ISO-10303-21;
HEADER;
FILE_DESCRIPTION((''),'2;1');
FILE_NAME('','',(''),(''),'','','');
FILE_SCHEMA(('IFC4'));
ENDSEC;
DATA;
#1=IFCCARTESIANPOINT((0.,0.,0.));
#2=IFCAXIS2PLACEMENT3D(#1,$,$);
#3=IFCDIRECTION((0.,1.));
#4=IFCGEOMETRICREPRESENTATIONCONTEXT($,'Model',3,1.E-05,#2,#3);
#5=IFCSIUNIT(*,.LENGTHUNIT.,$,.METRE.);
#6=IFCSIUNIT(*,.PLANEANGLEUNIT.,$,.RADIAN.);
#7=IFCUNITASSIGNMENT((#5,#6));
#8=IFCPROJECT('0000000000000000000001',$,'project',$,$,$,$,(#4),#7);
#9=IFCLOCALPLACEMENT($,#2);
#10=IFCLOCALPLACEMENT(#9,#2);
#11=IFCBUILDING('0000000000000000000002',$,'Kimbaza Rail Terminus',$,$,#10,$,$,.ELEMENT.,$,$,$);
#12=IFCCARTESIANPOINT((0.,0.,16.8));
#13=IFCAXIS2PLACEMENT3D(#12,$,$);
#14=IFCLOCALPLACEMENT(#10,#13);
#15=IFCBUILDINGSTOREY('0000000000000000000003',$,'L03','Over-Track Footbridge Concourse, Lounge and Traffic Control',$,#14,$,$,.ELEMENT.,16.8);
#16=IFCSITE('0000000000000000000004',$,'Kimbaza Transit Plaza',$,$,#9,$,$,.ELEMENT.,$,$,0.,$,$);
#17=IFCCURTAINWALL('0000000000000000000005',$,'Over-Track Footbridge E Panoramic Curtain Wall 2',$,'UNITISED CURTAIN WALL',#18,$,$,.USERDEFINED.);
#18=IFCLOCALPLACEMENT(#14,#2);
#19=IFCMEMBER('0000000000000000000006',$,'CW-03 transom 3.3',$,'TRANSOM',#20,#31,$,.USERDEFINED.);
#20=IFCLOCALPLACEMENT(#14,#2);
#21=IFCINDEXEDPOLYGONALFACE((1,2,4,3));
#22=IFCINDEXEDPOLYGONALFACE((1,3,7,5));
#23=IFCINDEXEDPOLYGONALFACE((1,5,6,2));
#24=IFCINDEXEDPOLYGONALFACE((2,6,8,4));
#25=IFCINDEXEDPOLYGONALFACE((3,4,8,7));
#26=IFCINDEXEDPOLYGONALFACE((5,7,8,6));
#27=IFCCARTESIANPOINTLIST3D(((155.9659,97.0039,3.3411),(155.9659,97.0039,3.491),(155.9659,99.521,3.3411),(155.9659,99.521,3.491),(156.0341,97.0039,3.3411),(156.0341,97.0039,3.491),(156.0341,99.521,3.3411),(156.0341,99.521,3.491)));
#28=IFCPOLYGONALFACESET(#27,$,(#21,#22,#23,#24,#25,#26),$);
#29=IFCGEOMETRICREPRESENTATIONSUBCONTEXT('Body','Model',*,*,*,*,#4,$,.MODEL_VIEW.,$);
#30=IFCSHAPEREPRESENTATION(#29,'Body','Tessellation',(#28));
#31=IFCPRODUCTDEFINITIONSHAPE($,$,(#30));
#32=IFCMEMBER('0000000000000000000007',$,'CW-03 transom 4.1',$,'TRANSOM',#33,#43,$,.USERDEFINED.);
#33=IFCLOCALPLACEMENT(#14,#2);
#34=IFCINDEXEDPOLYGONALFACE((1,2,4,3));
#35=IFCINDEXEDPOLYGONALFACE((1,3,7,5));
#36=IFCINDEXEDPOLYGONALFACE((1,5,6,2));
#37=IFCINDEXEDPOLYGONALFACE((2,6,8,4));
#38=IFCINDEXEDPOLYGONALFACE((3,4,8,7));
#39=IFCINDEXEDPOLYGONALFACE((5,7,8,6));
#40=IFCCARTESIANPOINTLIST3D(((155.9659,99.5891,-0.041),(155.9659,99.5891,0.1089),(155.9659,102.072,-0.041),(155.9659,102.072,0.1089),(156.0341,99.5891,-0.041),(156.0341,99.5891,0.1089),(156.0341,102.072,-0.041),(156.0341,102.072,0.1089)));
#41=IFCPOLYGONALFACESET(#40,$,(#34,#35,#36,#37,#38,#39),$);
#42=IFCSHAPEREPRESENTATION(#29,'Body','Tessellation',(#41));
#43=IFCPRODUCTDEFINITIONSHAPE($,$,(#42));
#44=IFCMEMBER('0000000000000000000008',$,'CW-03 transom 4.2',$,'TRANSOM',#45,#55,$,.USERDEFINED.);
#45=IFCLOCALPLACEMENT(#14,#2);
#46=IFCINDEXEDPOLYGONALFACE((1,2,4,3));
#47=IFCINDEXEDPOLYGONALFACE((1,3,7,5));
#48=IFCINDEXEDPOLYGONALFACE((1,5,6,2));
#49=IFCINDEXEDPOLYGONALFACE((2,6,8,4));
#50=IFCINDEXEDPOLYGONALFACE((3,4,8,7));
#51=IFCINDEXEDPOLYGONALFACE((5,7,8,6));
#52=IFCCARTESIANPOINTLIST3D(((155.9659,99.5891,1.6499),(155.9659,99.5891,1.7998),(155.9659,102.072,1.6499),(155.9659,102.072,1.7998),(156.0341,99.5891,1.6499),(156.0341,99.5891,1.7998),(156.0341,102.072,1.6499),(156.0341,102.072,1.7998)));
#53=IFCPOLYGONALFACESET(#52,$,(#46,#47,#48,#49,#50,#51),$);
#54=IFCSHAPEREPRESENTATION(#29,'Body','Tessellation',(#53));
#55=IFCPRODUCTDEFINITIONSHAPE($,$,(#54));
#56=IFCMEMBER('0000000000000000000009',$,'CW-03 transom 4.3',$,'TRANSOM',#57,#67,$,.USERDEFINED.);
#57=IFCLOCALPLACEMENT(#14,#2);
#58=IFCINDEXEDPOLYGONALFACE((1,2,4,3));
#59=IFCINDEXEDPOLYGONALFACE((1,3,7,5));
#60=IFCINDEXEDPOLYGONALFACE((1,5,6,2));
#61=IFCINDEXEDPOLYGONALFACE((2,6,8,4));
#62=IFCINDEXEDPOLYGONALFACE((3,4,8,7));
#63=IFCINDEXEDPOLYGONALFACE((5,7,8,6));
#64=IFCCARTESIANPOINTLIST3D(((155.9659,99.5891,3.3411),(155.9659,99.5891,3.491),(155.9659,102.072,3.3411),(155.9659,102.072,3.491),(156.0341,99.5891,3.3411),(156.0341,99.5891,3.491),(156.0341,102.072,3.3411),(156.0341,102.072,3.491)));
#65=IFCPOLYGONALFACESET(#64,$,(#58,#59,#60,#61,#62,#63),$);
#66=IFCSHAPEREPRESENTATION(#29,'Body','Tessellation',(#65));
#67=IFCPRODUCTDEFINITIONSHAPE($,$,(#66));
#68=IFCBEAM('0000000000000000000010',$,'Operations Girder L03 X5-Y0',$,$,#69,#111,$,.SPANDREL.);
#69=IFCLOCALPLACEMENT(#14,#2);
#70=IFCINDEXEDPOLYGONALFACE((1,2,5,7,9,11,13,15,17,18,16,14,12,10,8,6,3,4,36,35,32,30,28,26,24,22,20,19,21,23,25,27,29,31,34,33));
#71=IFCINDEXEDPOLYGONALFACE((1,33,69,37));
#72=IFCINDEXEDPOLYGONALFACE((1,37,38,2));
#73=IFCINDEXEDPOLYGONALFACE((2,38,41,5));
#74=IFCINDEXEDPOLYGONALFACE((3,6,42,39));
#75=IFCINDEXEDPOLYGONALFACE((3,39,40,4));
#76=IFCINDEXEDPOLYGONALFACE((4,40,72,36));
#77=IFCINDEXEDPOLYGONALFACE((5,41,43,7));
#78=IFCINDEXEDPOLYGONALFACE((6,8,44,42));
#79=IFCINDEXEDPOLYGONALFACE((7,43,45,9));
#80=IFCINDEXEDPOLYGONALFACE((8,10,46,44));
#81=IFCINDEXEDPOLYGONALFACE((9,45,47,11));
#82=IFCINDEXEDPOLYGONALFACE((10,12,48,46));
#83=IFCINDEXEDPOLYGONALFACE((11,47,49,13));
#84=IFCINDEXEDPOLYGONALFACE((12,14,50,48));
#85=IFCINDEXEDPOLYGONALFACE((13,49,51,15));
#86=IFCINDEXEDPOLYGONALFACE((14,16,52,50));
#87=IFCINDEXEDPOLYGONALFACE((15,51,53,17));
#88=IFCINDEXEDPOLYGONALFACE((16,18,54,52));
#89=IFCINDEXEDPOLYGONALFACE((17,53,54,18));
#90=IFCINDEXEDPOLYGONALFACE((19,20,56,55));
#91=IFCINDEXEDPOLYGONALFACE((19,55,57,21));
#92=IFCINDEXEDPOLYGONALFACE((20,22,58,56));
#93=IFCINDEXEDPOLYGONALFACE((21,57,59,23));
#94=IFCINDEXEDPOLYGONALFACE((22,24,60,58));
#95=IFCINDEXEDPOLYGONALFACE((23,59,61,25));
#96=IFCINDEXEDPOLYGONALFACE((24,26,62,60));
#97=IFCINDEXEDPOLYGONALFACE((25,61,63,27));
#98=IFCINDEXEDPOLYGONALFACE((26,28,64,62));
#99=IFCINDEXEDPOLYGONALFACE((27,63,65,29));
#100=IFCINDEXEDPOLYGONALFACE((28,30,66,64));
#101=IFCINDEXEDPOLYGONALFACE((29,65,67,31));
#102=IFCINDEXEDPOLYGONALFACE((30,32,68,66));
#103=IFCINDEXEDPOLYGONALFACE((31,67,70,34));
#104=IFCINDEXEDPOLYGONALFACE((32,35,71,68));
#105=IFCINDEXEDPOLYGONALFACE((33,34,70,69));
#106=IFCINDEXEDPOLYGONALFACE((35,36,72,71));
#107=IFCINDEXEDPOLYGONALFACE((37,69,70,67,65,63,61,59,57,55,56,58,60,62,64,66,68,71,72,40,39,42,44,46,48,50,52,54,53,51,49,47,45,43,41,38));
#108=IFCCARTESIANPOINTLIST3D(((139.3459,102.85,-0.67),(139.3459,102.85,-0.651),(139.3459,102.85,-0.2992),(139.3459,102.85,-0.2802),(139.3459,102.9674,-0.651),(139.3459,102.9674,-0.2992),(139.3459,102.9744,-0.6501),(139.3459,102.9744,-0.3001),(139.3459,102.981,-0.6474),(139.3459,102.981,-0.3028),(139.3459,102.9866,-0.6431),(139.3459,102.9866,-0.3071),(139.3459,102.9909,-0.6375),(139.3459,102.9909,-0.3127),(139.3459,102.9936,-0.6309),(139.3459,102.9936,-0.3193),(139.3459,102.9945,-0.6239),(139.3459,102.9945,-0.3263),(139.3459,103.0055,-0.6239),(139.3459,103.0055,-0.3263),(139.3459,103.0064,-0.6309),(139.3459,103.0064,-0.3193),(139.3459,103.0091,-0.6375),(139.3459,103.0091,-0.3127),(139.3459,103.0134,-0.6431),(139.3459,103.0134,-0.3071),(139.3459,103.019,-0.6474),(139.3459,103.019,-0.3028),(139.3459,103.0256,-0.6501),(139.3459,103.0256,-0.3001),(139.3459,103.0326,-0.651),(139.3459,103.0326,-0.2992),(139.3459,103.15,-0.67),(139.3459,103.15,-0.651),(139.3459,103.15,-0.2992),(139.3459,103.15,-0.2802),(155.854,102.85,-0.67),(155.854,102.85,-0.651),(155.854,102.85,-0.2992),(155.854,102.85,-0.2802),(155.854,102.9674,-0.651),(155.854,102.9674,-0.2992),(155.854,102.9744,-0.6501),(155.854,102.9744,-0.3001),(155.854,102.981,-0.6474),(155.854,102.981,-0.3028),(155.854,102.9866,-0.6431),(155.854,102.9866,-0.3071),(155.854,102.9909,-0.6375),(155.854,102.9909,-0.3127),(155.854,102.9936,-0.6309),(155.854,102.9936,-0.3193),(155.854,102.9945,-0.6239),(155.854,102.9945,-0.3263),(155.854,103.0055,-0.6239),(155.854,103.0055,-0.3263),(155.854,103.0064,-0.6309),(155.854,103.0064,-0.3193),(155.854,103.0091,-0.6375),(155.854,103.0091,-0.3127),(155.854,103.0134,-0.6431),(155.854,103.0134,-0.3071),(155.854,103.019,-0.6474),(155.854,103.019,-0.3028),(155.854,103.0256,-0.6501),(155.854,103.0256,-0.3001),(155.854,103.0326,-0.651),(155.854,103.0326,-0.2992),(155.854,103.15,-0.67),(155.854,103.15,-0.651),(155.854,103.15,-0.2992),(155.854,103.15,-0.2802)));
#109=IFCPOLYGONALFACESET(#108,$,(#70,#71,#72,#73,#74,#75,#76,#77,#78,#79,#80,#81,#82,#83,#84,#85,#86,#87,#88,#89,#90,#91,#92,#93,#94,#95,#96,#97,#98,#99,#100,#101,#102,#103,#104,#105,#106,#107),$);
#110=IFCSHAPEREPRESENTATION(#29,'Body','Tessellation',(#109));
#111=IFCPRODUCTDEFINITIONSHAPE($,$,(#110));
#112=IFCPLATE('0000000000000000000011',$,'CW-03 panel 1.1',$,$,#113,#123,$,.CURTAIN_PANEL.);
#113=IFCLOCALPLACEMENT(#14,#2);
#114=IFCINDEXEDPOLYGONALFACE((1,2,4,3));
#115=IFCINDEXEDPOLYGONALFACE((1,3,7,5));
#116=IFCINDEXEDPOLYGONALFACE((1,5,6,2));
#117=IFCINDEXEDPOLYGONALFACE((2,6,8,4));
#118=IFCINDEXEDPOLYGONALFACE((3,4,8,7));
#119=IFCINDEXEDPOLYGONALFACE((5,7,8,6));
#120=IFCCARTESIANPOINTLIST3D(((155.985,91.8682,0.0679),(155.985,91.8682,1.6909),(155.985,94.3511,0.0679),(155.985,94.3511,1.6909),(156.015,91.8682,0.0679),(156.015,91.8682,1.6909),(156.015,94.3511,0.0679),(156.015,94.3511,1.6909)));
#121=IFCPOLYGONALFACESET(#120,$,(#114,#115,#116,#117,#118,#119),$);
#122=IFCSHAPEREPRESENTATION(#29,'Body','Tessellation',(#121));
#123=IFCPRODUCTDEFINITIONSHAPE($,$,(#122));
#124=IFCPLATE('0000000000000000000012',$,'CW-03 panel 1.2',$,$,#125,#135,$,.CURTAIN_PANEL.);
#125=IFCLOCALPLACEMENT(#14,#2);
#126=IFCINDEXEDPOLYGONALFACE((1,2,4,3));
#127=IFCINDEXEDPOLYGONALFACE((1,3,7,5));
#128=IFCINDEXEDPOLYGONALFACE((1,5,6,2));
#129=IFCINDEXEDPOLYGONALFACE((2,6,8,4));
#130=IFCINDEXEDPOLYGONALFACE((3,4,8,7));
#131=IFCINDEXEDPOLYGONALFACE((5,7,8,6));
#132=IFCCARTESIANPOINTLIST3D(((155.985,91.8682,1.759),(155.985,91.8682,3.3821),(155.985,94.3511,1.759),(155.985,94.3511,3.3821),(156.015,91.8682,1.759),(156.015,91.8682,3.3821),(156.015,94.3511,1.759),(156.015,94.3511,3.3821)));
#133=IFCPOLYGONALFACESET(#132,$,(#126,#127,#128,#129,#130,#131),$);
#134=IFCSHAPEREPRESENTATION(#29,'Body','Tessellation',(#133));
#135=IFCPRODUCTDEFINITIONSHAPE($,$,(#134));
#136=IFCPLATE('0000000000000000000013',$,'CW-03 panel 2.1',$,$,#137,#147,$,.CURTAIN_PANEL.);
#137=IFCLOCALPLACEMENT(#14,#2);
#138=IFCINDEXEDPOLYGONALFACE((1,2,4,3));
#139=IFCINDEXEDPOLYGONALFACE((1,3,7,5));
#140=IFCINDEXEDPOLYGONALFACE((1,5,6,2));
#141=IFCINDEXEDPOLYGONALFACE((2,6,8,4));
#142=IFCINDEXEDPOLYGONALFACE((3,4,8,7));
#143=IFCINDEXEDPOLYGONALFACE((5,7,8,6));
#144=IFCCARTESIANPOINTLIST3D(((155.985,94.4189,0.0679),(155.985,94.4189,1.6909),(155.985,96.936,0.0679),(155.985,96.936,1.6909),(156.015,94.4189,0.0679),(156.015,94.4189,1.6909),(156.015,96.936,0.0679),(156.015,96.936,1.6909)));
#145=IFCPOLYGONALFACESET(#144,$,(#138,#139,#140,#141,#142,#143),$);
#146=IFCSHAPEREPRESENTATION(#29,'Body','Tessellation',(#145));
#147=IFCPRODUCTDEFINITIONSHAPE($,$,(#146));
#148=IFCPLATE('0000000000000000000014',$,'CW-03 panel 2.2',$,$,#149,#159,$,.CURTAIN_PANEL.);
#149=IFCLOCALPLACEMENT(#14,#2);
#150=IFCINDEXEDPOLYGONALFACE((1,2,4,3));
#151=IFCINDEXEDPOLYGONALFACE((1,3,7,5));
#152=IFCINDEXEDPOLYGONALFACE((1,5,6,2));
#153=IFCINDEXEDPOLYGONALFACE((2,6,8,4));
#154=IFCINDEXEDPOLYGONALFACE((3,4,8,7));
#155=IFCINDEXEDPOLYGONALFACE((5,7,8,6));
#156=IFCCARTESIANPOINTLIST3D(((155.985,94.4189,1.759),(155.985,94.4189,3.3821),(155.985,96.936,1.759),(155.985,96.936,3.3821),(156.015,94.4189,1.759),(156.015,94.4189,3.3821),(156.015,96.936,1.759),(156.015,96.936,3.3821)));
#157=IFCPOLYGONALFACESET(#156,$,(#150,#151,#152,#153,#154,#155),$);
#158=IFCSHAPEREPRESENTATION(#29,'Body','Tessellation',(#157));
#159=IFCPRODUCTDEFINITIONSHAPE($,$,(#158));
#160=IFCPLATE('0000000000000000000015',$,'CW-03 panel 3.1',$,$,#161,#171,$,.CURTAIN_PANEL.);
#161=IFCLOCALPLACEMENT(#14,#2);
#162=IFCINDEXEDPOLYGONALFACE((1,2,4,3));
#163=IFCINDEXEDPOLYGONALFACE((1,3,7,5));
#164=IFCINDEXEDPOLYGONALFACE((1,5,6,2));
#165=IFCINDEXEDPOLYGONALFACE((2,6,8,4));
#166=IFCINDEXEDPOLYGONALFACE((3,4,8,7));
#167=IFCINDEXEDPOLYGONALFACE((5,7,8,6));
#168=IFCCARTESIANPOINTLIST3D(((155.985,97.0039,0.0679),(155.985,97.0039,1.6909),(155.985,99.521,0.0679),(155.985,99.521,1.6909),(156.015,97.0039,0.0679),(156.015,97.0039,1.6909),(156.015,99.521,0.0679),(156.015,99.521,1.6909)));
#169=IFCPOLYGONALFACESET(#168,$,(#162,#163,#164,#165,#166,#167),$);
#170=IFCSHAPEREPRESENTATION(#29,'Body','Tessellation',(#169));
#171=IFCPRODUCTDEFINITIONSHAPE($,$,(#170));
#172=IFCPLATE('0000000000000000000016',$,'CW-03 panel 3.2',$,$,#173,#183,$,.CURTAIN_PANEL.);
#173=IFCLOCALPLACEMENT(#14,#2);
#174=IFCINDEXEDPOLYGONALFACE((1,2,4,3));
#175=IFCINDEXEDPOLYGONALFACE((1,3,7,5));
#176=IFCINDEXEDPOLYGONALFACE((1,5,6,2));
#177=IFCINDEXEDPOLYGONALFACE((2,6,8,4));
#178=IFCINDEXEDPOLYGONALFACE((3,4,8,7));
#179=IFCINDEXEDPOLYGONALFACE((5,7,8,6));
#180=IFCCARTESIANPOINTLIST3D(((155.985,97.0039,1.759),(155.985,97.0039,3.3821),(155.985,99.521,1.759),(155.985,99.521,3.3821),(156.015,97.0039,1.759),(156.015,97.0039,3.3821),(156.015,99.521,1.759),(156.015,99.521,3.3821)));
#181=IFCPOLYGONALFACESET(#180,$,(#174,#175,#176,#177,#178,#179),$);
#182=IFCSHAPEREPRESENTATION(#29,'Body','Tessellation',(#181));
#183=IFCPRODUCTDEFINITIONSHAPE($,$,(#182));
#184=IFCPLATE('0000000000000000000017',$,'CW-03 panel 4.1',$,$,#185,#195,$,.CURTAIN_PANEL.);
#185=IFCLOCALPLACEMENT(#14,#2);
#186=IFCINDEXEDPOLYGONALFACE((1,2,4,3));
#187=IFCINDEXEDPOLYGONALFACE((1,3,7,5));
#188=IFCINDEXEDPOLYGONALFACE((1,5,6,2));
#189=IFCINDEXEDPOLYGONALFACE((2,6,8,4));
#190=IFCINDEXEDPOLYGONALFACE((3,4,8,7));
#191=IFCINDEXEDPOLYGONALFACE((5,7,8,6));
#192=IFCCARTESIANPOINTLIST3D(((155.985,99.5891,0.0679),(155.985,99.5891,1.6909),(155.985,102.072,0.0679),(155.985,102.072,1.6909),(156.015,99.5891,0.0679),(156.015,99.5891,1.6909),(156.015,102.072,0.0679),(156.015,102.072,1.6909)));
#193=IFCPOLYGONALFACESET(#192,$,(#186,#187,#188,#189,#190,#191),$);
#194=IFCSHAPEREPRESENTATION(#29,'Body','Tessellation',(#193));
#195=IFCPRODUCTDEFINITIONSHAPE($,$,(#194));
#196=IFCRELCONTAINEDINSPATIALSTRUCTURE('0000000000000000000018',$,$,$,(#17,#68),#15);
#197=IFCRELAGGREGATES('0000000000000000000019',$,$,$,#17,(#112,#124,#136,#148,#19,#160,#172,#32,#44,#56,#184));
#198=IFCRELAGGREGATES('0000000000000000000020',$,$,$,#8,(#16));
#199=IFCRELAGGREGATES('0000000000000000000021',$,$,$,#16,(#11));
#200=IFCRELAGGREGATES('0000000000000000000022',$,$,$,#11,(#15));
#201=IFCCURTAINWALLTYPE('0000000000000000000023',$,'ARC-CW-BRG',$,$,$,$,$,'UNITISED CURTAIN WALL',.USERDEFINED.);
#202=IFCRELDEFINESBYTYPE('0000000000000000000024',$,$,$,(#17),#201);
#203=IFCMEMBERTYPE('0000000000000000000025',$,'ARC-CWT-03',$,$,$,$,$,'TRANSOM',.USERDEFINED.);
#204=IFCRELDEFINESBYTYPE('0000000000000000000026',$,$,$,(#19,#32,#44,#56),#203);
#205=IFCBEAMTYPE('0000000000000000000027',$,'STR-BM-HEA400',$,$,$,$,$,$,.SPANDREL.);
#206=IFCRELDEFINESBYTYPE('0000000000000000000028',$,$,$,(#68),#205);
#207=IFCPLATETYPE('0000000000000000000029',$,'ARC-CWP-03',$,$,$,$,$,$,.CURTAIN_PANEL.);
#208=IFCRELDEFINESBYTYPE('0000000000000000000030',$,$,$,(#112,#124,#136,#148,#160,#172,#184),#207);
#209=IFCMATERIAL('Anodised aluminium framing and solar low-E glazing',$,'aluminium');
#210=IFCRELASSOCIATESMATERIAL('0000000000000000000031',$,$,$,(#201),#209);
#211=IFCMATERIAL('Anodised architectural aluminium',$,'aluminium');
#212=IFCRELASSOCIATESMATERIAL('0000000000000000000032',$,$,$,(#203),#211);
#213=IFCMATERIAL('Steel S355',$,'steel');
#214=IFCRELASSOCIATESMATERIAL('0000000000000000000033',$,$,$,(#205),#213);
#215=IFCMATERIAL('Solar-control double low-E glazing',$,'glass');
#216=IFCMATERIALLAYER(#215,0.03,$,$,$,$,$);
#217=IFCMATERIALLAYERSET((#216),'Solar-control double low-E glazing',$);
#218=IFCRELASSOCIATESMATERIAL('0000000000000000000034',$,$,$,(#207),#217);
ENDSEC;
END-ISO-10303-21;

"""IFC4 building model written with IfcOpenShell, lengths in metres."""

from ifc_helpers import new_model, si_unit, direction, frame, origin, origin_2d, place, context, subcontext, project, spatial, rectangle, i_section, extrude, material, layer, layer_set, material_profile, profile_set, type_object, element, aggregate, save


model = new_model("IFC4")

# Units and contexts
model_context = context("Model", 3, precision=1e-05, world=origin(), true_north=direction((0.0, 1.0)))
body_context = subcontext(model_context, "Body", "Model", "MODEL_VIEW")
ifc_project = project(units=[si_unit("LENGTHUNIT", "METRE"), si_unit("PLANEANGLEUNIT", "RADIAN")], contexts=[model_context])

# Site, building, storey
site_placement = place(None, origin())
site = spatial("IfcSite", under=ifc_project, at=site_placement, Name="Kimbaza Transit Plaza", CompositionType="ELEMENT", RefElevation=0.0)
building_placement = place(site_placement, origin())
building = spatial("IfcBuilding", under=site, at=building_placement, Name="Kimbaza Rail Terminus", CompositionType="ELEMENT")
storey_placement = place(building_placement, frame((0.0, 0.0, 16.8)))
storey = spatial("IfcBuildingStorey", under=building, at=storey_placement, Name="L03", Description="Over-Track Footbridge Concourse, Lounge and Traffic Control", CompositionType="ELEMENT", Elevation=16.8)

# Curtain wall, members
ifc_material_1 = material(Name="Anodised aluminium framing and solar low-E glazing", Category="aluminium")
curtain_wall_type = type_object("IfcCurtainWallType", Name="ARC-CW-BRG", ElementType="UNITISED CURTAIN WALL", PredefinedType="USERDEFINED", material=ifc_material_1)
curtain_wall_placement = place(storey_placement, origin())
curtain_wall = element("IfcCurtainWall", 1, at=curtain_wall_placement, inside=storey, type_object=curtain_wall_type, Name="Over-Track Footbridge E Panoramic Curtain Wall 2", ObjectType="UNITISED CURTAIN WALL", PredefinedType="USERDEFINED")
ifc_material_2 = material(Name="Anodised architectural aluminium", Category="aluminium")
ifc_material_profile_1 = material_profile(ifc_material_2, rectangle(XDim=0.0681, YDim=0.1499, at=origin_2d()), Name="TRANSOM 68x150")
ifc_profile_set_1 = profile_set([ifc_material_profile_1], Name="Anodised architectural aluminium")
member_type_1 = type_object("IfcMemberType", Name="ARC-CWT-03", ElementType="TRANSOM", PredefinedType="USERDEFINED", material=ifc_profile_set_1)
member_1_placement = place(storey_placement, frame((156.0, 97.0039, 3.416), z_axis=(0.0, 1.0, 0.0), x_axis=(-1.0, 0.0, 0.0)))
member_1 = element("IfcMember", 2, at=member_1_placement, type_object=member_type_1, Name="CW-03 transom 3.3", ObjectType="TRANSOM", PredefinedType="USERDEFINED", context=body_context, shape_type="SweptSolid", body=[
    extrude(rectangle(XDim=0.0681, YDim=0.1499, at=origin_2d()), origin(), (0.0, 0.0, 1.0), 2.5171),
])
member_2_placement = place(storey_placement, frame((156.0, 99.5891, 0.0339), z_axis=(0.0, 1.0, 0.0), x_axis=(-1.0, 0.0, 0.0)))
member_2 = element("IfcMember", 3, at=member_2_placement, type_object=member_type_1, Name="CW-03 transom 4.1", ObjectType="TRANSOM", PredefinedType="USERDEFINED", context=body_context, shape_type="SweptSolid", body=[
    extrude(rectangle(XDim=0.0681, YDim=0.1499, at=origin_2d()), origin(), (0.0, 0.0, 1.0), 2.4829),
])
member_3_placement = place(storey_placement, frame((156.0, 99.5891, 1.7249), z_axis=(0.0, 1.0, 0.0), x_axis=(-1.0, 0.0, 0.0)))
member_3 = element("IfcMember", 4, at=member_3_placement, type_object=member_type_1, Name="CW-03 transom 4.2", ObjectType="TRANSOM", PredefinedType="USERDEFINED", context=body_context, shape_type="SweptSolid", body=[
    extrude(rectangle(XDim=0.0681, YDim=0.1499, at=origin_2d()), origin(), (0.0, 0.0, 1.0), 2.4829),
])
member_4_placement = place(storey_placement, frame((156.0, 99.5891, 3.416), z_axis=(0.0, 1.0, 0.0), x_axis=(-1.0, 0.0, 0.0)))
member_4 = element("IfcMember", 5, at=member_4_placement, type_object=member_type_1, Name="CW-03 transom 4.3", ObjectType="TRANSOM", PredefinedType="USERDEFINED", context=body_context, shape_type="SweptSolid", body=[
    extrude(rectangle(XDim=0.0681, YDim=0.1499, at=origin_2d()), origin(), (0.0, 0.0, 1.0), 2.4829),
])

# Beam
ifc_material_3 = material(Name="Steel S355", Category="steel")
ifc_material_profile_2 = material_profile(ifc_material_3, i_section(OverallWidth=0.3, OverallDepth=0.3899, WebThickness=0.011, FlangeThickness=0.019, FilletRadius=0.0271, at=origin_2d()), Name="HEA 400")
ifc_profile_set_2 = profile_set([ifc_material_profile_2], Name="Steel S355")
beam_type = type_object("IfcBeamType", Name="STR-BM-HEA400", PredefinedType="SPANDREL", material=ifc_profile_set_2)
beam_placement = place(storey_placement, frame((139.3459, 103.0, -0.4751), z_axis=(1.0, 0.0, 0.0), x_axis=(0.0, 1.0, 0.0)))
element("IfcBeam", 6, at=beam_placement, inside=storey, type_object=beam_type, Name="Operations Girder L03 X5-Y0", PredefinedType="SPANDREL", context=body_context, shape_type="SweptSolid", body=[
    extrude(i_section(OverallWidth=0.3, OverallDepth=0.3899, WebThickness=0.011, FlangeThickness=0.019, FilletRadius=0.0271, at=origin_2d()), origin(), (0.0, 0.0, 1.0), 16.5081),
])

# Plates
ifc_material_4 = material(Name="Solar-control double low-E glazing", Category="glass")
ifc_layer_1 = layer(ifc_material_4, 0.03)
ifc_layer_set_1 = layer_set([ifc_layer_1], Name="Solar-control double low-E glazing")
plate_type = type_object("IfcPlateType", Name="ARC-CWP-03", PredefinedType="CURTAIN_PANEL", material=ifc_layer_set_1)
plate_1_placement = place(storey_placement, frame((156.0, 93.1096, 0.0679), z_axis=(0.0, 0.0, 1.0), x_axis=(0.0, 1.0, 0.0)))
plate_1 = element("IfcPlate", 7, at=plate_1_placement, type_object=plate_type, Name="CW-03 panel 1.1", PredefinedType="CURTAIN_PANEL", context=body_context, shape_type="SweptSolid", body=[
    extrude(rectangle(XDim=2.4829, YDim=0.03, at=origin_2d()), origin(), (0.0, 0.0, 1.0), 1.623),
])
plate_2_placement = place(storey_placement, frame((156.0, 93.1096, 1.759), z_axis=(0.0, 0.0, 1.0), x_axis=(0.0, 1.0, 0.0)))
plate_2 = element("IfcPlate", 8, at=plate_2_placement, type_object=plate_type, Name="CW-03 panel 1.2", PredefinedType="CURTAIN_PANEL", context=body_context, shape_type="SweptSolid", body=[
    extrude(rectangle(XDim=2.4829, YDim=0.03, at=origin_2d()), origin(), (0.0, 0.0, 1.0), 1.623),
])
plate_3_placement = place(storey_placement, frame((156.0, 95.6775, 0.0679), z_axis=(0.0, 0.0, 1.0), x_axis=(0.0, 1.0, 0.0)))
plate_3 = element("IfcPlate", 9, at=plate_3_placement, type_object=plate_type, Name="CW-03 panel 2.1", PredefinedType="CURTAIN_PANEL", context=body_context, shape_type="SweptSolid", body=[
    extrude(rectangle(XDim=2.5171, YDim=0.03, at=origin_2d()), origin(), (0.0, 0.0, 1.0), 1.623),
])
plate_4_placement = place(storey_placement, frame((156.0, 95.6775, 1.759), z_axis=(0.0, 0.0, 1.0), x_axis=(0.0, 1.0, 0.0)))
plate_4 = element("IfcPlate", 10, at=plate_4_placement, type_object=plate_type, Name="CW-03 panel 2.2", PredefinedType="CURTAIN_PANEL", context=body_context, shape_type="SweptSolid", body=[
    extrude(rectangle(XDim=2.5171, YDim=0.03, at=origin_2d()), origin(), (0.0, 0.0, 1.0), 1.623),
])
plate_5_placement = place(storey_placement, frame((156.0, 98.2625, 0.0679), z_axis=(0.0, 0.0, 1.0), x_axis=(0.0, 1.0, 0.0)))
plate_5 = element("IfcPlate", 11, at=plate_5_placement, type_object=plate_type, Name="CW-03 panel 3.1", PredefinedType="CURTAIN_PANEL", context=body_context, shape_type="SweptSolid", body=[
    extrude(rectangle(XDim=2.5171, YDim=0.03, at=origin_2d()), origin(), (0.0, 0.0, 1.0), 1.623),
])
plate_6_placement = place(storey_placement, frame((156.0, 98.2625, 1.759), z_axis=(0.0, 0.0, 1.0), x_axis=(0.0, 1.0, 0.0)))
plate_6 = element("IfcPlate", 12, at=plate_6_placement, type_object=plate_type, Name="CW-03 panel 3.2", PredefinedType="CURTAIN_PANEL", context=body_context, shape_type="SweptSolid", body=[
    extrude(rectangle(XDim=2.5171, YDim=0.03, at=origin_2d()), origin(), (0.0, 0.0, 1.0), 1.623),
])
plate_7_placement = place(storey_placement, frame((156.0, 100.8306, 0.0679), z_axis=(0.0, 0.0, 1.0), x_axis=(0.0, 1.0, 0.0)))
plate_7 = element("IfcPlate", 13, at=plate_7_placement, type_object=plate_type, Name="CW-03 panel 4.1", PredefinedType="CURTAIN_PANEL", context=body_context, shape_type="SweptSolid", body=[
    extrude(rectangle(XDim=2.4829, YDim=0.03, at=origin_2d()), origin(), (0.0, 0.0, 1.0), 1.623),
])
aggregate(curtain_wall, [plate_1, plate_2, plate_3, plate_4, member_1, plate_5, plate_6, member_2, member_3, member_4, plate_7])

save(model, "model.ifc")
